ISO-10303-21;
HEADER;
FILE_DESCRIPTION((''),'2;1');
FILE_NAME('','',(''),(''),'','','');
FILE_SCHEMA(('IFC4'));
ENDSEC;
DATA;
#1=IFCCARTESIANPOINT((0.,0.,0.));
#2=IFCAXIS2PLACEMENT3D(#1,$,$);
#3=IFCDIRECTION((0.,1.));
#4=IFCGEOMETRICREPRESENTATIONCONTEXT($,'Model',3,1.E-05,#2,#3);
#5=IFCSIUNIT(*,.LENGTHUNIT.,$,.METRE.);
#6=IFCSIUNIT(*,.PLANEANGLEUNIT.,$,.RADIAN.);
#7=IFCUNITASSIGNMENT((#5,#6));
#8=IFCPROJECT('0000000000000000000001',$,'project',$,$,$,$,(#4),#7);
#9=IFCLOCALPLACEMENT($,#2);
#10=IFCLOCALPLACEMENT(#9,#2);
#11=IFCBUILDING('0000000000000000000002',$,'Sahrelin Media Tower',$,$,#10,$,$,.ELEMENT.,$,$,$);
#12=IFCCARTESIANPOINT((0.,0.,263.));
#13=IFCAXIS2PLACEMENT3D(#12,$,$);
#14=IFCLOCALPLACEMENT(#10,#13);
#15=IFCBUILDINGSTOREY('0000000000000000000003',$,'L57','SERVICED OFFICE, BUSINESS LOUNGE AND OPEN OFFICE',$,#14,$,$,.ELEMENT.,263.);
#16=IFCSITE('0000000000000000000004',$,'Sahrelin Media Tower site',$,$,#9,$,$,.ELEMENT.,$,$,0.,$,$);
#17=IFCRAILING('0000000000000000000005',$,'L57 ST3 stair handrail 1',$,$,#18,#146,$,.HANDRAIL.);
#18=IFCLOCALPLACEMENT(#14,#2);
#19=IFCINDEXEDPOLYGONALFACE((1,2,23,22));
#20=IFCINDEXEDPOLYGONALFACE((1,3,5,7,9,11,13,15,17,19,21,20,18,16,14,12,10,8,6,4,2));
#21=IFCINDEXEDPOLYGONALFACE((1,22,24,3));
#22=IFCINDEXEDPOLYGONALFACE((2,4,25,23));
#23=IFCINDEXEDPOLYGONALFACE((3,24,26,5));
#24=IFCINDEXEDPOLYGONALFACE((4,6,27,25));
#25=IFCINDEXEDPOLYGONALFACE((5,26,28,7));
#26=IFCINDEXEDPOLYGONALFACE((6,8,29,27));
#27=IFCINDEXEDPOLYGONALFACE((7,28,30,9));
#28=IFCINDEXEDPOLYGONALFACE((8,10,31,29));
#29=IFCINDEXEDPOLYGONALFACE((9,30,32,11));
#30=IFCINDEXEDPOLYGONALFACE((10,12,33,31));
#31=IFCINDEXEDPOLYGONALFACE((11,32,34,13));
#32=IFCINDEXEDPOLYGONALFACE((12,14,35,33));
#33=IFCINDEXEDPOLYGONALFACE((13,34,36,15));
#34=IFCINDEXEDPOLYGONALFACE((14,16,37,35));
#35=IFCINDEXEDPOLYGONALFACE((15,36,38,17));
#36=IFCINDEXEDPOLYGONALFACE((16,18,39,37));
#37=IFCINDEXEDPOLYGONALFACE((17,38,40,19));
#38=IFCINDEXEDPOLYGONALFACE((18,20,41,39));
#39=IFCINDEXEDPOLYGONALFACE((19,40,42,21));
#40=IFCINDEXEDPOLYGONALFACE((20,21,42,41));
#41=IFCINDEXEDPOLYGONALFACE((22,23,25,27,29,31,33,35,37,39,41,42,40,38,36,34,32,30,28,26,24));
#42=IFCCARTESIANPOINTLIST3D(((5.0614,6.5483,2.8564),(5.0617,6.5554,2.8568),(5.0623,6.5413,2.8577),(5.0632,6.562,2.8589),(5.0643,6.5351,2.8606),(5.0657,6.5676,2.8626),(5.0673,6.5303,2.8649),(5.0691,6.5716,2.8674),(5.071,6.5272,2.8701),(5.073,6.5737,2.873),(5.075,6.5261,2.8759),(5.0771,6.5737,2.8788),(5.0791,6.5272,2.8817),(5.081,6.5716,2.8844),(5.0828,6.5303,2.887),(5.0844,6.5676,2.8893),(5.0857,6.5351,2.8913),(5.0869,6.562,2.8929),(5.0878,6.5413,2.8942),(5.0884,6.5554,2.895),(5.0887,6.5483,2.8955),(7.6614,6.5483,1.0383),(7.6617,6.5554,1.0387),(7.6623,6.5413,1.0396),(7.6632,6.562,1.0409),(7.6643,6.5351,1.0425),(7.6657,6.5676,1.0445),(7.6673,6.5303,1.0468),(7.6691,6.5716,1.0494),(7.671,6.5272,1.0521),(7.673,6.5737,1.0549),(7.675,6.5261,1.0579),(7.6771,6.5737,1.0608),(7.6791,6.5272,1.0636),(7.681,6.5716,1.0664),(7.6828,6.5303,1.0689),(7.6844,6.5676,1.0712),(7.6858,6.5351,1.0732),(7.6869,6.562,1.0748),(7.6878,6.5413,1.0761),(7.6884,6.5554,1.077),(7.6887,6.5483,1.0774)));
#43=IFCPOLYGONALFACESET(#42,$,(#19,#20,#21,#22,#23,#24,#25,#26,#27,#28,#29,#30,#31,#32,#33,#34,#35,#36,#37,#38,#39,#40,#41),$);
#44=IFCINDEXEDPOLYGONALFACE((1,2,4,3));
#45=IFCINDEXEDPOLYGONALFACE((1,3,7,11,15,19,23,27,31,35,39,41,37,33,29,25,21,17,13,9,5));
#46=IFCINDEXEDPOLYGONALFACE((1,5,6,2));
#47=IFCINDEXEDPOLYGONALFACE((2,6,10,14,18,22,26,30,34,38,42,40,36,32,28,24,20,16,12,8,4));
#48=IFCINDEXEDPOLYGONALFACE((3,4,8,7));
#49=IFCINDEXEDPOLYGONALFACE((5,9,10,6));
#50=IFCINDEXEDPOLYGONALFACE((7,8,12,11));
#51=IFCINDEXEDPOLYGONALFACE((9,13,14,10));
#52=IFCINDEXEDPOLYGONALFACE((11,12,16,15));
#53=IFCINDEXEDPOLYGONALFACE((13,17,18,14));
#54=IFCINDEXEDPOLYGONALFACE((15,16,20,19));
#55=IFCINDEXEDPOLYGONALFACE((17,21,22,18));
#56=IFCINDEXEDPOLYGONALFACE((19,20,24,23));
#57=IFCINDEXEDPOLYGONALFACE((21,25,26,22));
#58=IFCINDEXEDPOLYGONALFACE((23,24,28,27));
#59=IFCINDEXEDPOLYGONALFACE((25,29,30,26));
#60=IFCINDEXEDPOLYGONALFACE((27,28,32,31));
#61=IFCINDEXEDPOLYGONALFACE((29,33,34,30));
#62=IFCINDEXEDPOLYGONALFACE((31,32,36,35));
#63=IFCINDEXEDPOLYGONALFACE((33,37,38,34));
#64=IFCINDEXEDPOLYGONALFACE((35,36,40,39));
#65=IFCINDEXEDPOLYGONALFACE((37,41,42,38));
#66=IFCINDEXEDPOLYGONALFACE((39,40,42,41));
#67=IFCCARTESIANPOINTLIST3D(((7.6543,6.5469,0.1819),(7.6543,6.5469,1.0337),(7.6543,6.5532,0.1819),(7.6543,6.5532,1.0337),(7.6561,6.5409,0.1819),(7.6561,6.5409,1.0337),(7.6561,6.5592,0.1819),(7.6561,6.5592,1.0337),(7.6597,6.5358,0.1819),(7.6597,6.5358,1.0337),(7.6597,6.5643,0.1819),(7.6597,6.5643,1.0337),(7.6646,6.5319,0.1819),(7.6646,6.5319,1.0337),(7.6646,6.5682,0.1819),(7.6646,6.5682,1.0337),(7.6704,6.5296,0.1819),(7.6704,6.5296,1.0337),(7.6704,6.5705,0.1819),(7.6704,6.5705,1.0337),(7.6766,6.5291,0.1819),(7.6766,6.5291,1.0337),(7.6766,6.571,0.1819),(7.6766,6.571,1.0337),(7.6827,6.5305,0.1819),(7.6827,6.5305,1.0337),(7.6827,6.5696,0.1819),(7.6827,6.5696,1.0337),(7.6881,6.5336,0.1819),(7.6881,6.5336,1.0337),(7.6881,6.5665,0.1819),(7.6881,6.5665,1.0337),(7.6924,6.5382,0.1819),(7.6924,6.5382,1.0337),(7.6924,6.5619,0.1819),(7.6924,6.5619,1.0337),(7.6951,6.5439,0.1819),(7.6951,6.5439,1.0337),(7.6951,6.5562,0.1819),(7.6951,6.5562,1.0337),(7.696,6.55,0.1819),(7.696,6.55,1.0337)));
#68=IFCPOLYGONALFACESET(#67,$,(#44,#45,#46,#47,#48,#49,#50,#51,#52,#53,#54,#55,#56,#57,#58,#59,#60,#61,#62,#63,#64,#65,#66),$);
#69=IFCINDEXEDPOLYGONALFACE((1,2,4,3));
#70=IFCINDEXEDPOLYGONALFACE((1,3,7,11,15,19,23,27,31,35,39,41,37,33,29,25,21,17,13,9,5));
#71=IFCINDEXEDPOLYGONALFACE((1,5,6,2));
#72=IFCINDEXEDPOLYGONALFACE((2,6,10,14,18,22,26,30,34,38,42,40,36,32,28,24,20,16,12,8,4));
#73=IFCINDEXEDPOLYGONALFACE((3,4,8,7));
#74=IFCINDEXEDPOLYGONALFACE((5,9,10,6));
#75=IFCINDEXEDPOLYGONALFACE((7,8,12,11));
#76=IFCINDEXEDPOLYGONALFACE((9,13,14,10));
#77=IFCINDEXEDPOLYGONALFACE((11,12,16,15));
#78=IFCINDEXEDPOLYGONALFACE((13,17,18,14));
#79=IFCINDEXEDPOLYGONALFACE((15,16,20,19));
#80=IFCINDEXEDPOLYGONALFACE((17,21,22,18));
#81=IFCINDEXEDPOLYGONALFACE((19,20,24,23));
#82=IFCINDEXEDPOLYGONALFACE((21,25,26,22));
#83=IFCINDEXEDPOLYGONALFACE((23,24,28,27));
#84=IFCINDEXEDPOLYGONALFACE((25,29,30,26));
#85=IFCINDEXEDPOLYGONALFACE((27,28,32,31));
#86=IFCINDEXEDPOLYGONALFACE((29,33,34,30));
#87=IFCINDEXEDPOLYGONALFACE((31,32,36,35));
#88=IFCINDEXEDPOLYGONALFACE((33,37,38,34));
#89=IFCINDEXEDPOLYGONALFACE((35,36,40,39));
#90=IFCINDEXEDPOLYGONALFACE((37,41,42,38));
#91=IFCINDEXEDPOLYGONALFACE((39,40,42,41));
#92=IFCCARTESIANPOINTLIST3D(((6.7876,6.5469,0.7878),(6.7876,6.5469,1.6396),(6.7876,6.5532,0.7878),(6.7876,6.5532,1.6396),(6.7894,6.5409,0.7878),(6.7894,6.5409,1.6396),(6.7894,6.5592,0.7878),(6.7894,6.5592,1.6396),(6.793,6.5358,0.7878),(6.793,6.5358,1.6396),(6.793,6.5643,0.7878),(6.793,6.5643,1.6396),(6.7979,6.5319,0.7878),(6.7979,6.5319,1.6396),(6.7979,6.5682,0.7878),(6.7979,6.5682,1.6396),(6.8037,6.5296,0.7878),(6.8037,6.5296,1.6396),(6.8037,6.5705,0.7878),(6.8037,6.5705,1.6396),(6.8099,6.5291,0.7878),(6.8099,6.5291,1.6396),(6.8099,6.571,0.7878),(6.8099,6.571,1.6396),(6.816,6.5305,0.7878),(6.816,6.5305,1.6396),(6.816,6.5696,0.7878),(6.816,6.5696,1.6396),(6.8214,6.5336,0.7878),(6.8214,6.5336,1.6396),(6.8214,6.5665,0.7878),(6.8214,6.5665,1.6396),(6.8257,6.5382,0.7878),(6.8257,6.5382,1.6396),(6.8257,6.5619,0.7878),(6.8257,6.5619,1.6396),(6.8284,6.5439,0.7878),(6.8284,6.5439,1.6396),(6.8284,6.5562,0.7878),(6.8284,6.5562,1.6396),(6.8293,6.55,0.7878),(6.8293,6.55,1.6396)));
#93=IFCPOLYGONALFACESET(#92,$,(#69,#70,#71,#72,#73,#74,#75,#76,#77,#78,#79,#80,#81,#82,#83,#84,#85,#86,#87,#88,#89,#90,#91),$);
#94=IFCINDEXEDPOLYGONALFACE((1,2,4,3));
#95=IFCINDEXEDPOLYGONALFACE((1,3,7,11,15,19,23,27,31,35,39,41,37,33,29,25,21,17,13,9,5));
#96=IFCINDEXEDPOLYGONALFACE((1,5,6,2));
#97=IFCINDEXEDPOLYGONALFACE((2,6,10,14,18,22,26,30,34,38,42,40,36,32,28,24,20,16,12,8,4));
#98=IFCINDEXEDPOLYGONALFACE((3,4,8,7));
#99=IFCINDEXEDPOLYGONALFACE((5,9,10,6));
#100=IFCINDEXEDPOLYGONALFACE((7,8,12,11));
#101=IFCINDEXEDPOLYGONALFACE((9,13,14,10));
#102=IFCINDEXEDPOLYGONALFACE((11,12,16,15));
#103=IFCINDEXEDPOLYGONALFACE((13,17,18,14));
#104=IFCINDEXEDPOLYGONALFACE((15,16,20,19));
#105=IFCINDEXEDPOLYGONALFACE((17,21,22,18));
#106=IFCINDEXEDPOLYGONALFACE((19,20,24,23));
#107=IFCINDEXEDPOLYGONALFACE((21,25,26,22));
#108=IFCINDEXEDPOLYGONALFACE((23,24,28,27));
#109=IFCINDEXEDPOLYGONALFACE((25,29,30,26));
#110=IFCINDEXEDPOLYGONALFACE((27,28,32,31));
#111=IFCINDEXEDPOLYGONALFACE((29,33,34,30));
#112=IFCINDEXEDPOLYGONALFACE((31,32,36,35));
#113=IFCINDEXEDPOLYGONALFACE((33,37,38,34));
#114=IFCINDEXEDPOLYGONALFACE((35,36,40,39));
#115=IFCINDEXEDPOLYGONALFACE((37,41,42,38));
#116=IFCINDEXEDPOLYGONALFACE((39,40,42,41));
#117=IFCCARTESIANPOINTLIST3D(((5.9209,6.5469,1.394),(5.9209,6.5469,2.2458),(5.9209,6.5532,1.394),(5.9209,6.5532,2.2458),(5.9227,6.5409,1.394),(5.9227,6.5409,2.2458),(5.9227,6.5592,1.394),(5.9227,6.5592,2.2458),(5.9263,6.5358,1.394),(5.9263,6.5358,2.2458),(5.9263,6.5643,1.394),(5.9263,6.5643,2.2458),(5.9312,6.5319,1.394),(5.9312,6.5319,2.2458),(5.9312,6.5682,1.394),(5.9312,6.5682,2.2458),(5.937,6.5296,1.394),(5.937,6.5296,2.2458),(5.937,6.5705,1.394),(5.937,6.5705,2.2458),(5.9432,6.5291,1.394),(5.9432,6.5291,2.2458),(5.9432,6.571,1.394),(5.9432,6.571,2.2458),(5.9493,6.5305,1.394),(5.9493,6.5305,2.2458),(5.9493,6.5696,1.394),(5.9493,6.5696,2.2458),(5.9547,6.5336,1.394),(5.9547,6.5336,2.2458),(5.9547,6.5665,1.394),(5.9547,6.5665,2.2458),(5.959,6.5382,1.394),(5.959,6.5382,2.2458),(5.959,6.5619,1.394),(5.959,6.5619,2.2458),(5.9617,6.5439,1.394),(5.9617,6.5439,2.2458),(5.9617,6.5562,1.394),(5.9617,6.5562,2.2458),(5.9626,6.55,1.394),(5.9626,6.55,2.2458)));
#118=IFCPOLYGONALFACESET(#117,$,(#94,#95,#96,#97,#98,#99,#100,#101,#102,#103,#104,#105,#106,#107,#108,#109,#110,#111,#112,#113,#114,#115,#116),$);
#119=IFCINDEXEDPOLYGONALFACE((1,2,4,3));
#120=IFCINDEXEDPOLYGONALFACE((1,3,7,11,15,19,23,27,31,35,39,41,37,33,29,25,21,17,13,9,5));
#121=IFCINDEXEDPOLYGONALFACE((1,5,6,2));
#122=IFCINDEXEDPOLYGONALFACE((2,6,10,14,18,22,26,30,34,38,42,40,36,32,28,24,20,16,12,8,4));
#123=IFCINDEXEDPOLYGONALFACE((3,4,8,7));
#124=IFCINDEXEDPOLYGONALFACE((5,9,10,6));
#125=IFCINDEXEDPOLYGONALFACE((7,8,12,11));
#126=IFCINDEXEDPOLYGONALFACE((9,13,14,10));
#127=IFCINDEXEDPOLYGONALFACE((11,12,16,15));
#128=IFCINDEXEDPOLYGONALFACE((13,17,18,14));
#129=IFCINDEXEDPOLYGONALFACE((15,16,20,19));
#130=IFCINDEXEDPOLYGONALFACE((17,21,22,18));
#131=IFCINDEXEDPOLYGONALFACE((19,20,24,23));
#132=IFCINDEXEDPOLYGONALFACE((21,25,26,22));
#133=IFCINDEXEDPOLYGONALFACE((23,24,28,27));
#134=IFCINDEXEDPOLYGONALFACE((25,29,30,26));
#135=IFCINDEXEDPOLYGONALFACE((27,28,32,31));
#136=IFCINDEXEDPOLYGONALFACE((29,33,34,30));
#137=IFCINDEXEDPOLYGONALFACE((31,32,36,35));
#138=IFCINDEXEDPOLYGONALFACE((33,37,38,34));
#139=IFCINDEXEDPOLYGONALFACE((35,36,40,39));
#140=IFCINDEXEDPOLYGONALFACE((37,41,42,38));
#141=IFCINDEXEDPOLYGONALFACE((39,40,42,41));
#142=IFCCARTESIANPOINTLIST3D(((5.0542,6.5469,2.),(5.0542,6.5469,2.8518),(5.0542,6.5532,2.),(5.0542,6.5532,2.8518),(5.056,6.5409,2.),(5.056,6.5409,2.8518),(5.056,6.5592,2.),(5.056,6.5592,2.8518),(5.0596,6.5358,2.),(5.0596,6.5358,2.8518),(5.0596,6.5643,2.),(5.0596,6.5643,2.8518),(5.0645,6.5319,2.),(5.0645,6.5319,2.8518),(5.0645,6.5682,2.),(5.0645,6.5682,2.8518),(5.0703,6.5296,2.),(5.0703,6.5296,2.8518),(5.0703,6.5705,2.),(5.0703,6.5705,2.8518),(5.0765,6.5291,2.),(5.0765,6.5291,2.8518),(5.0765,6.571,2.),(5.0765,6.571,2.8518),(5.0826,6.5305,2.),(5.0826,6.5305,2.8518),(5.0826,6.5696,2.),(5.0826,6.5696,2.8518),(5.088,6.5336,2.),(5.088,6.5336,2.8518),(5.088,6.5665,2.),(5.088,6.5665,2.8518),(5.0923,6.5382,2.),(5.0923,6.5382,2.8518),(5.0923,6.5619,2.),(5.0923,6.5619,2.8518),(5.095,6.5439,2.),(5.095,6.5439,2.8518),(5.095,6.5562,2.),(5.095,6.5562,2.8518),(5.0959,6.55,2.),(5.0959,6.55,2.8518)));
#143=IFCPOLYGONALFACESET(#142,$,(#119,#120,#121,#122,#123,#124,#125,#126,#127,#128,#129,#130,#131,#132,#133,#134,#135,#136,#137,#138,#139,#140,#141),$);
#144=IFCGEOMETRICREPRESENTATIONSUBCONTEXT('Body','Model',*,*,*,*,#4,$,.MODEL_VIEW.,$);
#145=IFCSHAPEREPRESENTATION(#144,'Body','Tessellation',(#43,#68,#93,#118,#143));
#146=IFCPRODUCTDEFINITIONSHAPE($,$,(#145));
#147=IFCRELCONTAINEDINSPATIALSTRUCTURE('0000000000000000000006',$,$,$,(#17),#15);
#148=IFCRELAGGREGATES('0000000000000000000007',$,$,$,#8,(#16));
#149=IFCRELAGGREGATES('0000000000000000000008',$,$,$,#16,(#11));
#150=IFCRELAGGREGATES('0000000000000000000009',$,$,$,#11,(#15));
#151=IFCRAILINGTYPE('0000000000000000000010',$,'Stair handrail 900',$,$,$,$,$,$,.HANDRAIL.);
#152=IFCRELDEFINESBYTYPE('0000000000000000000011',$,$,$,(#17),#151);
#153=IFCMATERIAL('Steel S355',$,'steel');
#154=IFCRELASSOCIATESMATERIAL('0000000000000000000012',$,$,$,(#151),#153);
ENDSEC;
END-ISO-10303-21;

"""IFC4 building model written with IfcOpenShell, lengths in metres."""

from ifc_helpers import new_model, si_unit, direction, frame, origin, origin_2d, place, context, subcontext, project, spatial, circle, extrude, material, type_object, element, save


model = new_model("IFC4")

# Units and contexts
model_context = context("Model", 3, precision=1e-05, world=origin(), true_north=direction((0.0, 1.0)))
body_context = subcontext(model_context, "Body", "Model", "MODEL_VIEW")
ifc_project = project(units=[si_unit("LENGTHUNIT", "METRE"), si_unit("PLANEANGLEUNIT", "RADIAN")], contexts=[model_context])

# Site, building, storey
site_placement = place(None, origin())
site = spatial("IfcSite", under=ifc_project, at=site_placement, Name="Sahrelin Media Tower site", CompositionType="ELEMENT", RefElevation=0.0)
building_placement = place(site_placement, origin())
building = spatial("IfcBuilding", under=site, at=building_placement, Name="Sahrelin Media Tower", CompositionType="ELEMENT")
storey_placement = place(building_placement, frame((0.0, 0.0, 263.0)))
storey = spatial("IfcBuildingStorey", under=building, at=storey_placement, Name="L57", Description="SERVICED OFFICE, BUSINESS LOUNGE AND OPEN OFFICE", CompositionType="ELEMENT", Elevation=263.0)

# Shared definitions
ifc_material_1 = material(Name="Steel S355", Category="steel")

# Railing
railing_type_1 = type_object("IfcRailingType", Name="Stair handrail 900", PredefinedType="HANDRAIL", material=ifc_material_1)
railing_1_placement = place(storey_placement, frame((7.675, 6.55, 0.1819)))
element("IfcRailing", 1, at=railing_1_placement, inside=storey, type_object=railing_type_1, Name="L57 ST3 stair handrail 1", PredefinedType="HANDRAIL", context=body_context, shape_type="SweptSolid", body=[
    extrude(circle(Radius=0.0239, at=origin_2d()), frame((0.0, 0.0, 0.876), z_axis=(-0.819521, 0.0, 0.573049), x_axis=(0.0, -1.0, 0.0)), (0.0, 0.0, 1.0), 3.1726),
    extrude(circle(Radius=0.021, at=origin_2d()), origin(), (0.0, 0.0, 1.0), 0.8518),
    extrude(circle(Radius=0.021, at=origin_2d()), frame((-0.8667, 0.0, 0.606)), (0.0, 0.0, 1.0), 0.8518),
    extrude(circle(Radius=0.021, at=origin_2d()), frame((-1.7334, 0.0, 1.2122)), (0.0, 0.0, 1.0), 0.8518),
    extrude(circle(Radius=0.021, at=origin_2d()), frame((-2.6001, 0.0, 1.8181)), (0.0, 0.0, 1.0), 0.8518),
])

save(model, "model.ifc")
